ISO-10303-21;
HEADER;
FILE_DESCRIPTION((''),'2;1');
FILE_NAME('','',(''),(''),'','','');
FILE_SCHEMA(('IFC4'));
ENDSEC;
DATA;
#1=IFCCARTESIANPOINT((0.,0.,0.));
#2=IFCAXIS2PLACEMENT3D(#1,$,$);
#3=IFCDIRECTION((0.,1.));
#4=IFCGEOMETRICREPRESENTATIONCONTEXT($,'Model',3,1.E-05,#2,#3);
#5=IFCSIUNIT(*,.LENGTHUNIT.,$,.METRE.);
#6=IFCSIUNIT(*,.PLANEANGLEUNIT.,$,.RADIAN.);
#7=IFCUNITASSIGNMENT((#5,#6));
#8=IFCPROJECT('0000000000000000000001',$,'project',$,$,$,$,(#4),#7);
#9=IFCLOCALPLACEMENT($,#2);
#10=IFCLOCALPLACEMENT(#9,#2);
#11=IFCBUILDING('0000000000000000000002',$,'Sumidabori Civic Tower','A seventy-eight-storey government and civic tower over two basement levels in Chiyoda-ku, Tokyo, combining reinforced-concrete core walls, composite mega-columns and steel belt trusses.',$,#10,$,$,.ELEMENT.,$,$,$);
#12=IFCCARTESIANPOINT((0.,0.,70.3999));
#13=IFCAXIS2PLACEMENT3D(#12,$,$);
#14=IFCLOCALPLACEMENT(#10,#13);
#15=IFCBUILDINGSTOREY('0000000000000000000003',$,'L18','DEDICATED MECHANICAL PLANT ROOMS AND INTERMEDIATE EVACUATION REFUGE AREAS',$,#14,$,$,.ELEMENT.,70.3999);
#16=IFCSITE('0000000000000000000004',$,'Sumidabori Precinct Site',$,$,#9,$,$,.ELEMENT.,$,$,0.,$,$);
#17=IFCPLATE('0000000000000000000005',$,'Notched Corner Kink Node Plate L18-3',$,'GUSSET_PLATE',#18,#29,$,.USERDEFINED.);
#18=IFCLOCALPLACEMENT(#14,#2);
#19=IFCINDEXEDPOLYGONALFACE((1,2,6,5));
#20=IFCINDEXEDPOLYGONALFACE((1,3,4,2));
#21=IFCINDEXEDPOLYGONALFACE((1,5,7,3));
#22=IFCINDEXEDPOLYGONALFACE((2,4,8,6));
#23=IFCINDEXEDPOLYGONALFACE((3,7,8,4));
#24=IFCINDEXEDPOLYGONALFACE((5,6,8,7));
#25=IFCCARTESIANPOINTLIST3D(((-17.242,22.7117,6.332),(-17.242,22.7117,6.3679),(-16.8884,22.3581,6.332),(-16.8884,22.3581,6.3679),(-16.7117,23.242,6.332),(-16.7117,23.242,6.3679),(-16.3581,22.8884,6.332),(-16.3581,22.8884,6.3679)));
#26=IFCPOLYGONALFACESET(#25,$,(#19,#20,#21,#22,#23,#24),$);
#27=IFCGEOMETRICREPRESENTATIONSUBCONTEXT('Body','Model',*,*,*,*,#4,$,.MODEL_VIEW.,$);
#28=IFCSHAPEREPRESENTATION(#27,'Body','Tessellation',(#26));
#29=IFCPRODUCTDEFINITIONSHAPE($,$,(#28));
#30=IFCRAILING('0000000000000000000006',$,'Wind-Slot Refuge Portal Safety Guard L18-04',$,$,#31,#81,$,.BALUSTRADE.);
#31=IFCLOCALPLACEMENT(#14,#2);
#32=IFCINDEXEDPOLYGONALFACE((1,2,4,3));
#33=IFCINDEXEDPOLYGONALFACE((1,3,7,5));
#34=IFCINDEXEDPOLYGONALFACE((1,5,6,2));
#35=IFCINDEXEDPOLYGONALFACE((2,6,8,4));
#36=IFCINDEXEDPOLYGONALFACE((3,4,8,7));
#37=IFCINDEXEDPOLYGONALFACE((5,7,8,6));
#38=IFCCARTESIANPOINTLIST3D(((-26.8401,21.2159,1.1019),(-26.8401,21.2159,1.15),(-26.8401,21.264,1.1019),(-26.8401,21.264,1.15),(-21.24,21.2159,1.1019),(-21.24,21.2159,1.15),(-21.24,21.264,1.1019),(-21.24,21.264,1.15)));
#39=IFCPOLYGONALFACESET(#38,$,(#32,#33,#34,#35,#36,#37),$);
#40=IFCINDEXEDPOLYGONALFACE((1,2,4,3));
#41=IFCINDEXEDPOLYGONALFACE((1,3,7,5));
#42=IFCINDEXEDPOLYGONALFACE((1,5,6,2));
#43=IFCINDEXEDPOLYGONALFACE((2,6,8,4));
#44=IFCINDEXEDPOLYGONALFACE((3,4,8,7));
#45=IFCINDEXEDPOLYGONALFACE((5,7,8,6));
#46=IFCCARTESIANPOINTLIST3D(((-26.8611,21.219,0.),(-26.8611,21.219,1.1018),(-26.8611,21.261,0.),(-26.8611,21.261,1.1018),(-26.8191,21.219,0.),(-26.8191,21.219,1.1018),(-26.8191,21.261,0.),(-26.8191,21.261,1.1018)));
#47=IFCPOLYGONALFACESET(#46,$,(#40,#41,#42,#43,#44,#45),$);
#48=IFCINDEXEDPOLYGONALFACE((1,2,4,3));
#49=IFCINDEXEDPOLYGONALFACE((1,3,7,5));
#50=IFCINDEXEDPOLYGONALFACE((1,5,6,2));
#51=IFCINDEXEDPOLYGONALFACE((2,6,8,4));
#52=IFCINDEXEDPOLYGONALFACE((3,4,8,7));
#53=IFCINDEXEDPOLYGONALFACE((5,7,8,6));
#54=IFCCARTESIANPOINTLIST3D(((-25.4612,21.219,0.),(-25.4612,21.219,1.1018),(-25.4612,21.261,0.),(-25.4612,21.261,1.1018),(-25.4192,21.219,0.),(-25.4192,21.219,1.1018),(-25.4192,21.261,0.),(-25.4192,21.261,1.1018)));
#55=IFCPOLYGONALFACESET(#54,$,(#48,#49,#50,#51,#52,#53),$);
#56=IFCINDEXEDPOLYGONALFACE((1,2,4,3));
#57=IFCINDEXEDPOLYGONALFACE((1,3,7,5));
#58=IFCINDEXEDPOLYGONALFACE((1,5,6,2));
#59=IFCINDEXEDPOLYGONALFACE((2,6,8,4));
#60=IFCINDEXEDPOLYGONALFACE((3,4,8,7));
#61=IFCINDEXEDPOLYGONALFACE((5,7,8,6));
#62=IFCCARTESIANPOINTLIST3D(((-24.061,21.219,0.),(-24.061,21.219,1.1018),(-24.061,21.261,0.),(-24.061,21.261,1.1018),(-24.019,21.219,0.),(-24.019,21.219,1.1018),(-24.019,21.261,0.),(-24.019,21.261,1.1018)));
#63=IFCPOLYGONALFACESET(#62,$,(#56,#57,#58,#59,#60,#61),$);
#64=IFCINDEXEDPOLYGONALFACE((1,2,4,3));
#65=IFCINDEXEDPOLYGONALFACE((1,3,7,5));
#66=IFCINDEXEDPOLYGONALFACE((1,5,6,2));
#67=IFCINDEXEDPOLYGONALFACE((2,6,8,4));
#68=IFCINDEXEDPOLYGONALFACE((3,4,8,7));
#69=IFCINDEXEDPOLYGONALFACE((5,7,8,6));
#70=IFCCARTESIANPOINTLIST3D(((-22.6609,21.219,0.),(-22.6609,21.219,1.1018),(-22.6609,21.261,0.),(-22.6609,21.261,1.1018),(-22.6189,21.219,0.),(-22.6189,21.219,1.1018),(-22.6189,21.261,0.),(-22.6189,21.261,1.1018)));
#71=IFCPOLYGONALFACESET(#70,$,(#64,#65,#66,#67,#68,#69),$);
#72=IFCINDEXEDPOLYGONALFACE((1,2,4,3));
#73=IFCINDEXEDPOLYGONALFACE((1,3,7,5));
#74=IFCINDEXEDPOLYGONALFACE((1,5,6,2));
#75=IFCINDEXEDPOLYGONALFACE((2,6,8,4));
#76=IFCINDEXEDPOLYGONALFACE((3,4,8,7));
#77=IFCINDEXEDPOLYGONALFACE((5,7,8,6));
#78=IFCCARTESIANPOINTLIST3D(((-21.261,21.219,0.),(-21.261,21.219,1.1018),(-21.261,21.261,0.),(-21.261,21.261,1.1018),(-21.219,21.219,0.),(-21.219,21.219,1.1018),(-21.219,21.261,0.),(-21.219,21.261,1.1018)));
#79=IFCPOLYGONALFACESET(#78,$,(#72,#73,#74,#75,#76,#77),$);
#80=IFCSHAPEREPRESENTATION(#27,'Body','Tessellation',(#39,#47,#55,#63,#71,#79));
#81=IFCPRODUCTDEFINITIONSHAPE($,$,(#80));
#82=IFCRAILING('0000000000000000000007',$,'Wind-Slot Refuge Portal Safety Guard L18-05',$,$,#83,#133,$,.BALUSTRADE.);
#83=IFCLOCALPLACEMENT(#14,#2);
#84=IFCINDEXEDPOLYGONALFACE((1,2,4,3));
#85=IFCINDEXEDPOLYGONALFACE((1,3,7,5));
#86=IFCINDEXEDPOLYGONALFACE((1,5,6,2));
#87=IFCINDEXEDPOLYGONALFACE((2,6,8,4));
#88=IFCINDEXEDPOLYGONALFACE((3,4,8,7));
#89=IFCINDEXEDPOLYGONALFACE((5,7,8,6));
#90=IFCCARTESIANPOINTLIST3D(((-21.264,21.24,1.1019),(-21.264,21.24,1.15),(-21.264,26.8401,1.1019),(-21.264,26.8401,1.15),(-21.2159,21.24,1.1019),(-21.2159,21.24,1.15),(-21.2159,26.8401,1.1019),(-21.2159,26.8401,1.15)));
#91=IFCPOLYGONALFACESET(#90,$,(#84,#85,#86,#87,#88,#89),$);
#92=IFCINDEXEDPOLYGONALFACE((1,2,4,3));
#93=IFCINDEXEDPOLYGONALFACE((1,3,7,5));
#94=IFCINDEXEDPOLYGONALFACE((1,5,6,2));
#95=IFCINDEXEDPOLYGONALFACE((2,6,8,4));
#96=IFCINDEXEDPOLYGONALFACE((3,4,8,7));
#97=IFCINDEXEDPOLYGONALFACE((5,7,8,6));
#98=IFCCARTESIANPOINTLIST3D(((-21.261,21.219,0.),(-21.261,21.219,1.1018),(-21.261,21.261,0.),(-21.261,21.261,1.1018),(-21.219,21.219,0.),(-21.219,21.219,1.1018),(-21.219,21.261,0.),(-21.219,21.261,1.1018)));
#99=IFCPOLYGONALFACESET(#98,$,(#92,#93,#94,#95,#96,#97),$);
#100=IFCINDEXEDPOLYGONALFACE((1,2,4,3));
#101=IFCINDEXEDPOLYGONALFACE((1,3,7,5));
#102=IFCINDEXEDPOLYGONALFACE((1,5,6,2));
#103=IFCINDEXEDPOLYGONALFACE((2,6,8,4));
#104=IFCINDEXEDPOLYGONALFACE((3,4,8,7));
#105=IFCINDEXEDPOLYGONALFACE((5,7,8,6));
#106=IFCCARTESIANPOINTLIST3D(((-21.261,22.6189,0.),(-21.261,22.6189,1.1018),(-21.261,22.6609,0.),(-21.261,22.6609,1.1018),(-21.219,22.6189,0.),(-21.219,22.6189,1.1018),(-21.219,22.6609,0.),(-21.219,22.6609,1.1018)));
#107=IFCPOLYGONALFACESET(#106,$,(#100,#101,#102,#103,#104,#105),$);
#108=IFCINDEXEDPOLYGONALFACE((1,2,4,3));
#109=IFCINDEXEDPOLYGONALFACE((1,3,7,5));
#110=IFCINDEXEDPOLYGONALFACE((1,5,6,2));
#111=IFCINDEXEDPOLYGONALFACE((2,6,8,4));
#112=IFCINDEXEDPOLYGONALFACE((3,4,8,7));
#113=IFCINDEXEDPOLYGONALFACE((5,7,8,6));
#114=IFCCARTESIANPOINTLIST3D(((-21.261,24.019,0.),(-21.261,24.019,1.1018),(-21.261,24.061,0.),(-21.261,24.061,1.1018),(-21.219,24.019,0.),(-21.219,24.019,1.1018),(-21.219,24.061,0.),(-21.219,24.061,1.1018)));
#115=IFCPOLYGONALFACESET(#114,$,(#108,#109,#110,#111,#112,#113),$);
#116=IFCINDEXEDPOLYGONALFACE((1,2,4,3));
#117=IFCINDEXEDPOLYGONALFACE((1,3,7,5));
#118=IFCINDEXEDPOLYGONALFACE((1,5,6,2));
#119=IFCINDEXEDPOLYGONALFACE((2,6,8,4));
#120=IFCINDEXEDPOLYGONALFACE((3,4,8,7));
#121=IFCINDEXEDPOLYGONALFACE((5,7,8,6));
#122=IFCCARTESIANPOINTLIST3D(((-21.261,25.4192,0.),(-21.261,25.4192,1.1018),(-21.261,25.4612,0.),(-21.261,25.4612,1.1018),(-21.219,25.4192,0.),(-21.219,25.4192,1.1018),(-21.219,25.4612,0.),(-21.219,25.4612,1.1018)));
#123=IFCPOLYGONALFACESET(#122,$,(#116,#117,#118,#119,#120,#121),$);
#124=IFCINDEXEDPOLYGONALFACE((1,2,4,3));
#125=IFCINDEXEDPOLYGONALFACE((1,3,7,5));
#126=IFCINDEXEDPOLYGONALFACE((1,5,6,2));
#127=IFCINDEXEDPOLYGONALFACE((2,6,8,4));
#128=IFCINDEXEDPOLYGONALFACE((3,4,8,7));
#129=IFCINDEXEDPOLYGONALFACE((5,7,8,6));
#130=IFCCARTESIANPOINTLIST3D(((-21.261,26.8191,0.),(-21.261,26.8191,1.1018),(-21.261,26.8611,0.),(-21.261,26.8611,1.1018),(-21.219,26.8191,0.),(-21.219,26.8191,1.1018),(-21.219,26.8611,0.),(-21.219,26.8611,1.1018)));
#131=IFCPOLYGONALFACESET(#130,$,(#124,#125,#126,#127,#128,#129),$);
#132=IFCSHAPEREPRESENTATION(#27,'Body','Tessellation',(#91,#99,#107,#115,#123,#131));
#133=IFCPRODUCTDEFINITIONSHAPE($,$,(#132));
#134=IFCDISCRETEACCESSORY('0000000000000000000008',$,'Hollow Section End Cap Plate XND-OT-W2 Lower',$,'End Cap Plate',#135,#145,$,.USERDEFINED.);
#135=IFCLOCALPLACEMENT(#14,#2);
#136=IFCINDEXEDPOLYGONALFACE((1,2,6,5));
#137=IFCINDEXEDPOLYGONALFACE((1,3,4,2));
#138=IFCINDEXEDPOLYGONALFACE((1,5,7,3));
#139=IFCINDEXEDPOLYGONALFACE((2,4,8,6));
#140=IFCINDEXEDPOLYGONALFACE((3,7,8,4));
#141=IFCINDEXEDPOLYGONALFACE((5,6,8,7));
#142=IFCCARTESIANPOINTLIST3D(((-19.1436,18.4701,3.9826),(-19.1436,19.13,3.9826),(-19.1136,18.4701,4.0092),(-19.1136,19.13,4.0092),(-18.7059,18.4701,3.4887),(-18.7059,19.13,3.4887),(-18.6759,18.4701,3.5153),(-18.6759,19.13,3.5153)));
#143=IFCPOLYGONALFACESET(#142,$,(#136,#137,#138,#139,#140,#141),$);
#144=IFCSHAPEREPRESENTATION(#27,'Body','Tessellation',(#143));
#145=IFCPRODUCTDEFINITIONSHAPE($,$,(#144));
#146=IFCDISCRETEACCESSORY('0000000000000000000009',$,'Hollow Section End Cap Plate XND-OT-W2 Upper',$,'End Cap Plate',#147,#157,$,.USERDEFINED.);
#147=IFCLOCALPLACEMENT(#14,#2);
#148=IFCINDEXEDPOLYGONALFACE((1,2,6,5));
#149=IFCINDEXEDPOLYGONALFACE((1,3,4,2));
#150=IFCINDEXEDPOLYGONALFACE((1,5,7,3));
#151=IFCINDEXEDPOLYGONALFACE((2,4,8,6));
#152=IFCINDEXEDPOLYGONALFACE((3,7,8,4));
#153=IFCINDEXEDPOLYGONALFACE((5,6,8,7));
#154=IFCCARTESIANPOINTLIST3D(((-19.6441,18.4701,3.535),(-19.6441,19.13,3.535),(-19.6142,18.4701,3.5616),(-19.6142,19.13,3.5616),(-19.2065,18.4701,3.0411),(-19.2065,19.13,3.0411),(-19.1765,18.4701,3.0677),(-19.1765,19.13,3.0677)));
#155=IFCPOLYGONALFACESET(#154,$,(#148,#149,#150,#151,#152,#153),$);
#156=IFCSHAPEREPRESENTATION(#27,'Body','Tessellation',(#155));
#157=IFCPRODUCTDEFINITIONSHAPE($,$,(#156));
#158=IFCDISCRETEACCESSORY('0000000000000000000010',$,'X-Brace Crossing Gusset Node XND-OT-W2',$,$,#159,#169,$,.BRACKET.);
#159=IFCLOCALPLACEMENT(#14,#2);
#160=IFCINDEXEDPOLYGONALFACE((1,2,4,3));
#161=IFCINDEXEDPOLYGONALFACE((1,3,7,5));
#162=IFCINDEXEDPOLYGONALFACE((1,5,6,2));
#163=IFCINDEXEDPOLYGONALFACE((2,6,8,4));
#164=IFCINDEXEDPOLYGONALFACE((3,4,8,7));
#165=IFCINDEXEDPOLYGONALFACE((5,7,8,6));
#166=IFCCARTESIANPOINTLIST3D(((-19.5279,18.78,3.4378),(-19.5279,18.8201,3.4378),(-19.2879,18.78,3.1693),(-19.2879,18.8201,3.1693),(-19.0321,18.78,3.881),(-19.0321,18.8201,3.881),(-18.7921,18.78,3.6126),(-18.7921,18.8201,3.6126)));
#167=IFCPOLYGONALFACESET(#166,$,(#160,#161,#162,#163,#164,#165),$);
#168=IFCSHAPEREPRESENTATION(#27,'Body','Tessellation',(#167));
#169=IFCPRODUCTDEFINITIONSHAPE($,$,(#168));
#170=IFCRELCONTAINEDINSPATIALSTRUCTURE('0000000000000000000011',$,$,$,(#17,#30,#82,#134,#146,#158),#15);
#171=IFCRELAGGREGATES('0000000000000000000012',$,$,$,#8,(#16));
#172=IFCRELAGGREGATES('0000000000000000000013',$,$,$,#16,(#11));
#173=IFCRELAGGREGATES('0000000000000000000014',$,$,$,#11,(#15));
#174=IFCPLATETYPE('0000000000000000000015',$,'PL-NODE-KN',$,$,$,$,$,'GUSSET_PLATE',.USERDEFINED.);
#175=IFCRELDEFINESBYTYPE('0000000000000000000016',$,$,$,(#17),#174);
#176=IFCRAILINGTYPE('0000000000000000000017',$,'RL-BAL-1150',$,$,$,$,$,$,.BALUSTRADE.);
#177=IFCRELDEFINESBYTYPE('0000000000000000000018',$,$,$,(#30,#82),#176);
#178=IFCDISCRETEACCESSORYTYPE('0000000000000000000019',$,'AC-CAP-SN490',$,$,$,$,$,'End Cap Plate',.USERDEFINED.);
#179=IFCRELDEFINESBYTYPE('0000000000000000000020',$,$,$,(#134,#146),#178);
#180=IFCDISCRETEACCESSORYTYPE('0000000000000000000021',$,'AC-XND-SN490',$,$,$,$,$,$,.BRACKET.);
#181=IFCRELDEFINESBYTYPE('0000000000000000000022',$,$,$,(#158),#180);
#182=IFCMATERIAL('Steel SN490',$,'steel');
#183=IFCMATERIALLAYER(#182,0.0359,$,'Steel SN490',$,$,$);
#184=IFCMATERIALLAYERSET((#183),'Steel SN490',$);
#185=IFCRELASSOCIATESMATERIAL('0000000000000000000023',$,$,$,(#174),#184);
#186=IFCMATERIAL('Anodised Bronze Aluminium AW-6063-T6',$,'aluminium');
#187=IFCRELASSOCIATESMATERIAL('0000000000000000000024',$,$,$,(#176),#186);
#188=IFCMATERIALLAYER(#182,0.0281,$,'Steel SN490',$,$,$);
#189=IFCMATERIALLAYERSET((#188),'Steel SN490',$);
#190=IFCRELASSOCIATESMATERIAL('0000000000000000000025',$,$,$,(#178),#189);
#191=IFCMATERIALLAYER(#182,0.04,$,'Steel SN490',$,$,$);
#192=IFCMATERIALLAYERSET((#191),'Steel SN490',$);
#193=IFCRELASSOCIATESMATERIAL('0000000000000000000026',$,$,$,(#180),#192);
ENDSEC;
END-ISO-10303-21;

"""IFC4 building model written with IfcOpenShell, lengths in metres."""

from ifc_helpers import new_model, si_unit, direction, frame, origin, origin_2d, place, context, subcontext, project, spatial, rectangle, extrude, source, transform, mapped, material, layer, layer_set, type_object, element, save


model = new_model("IFC4")

# Units and contexts
model_context = context("Model", 3, precision=1e-05, world=origin(), true_north=direction((0.0, 1.0)))
body_context = subcontext(model_context, "Body", "Model", "MODEL_VIEW")
ifc_project = project(units=[si_unit("LENGTHUNIT", "METRE"), si_unit("PLANEANGLEUNIT", "RADIAN")], contexts=[model_context])

# Site, building, storey
site_placement = place(None, origin())
site = spatial("IfcSite", under=ifc_project, at=site_placement, Name="Sumidabori Precinct Site", CompositionType="ELEMENT", RefElevation=0.0)
building_placement = place(site_placement, origin())
building = spatial("IfcBuilding", under=site, at=building_placement, Name="Sumidabori Civic Tower", Description="A seventy-eight-storey government and civic tower over two basement levels in Chiyoda-ku, Tokyo, combining reinforced-concrete core walls, composite mega-columns and steel belt trusses.", CompositionType="ELEMENT")
storey_placement = place(building_placement, frame((0.0, 0.0, 70.3999)))
storey = spatial("IfcBuildingStorey", under=building, at=storey_placement, Name="L18", Description="DEDICATED MECHANICAL PLANT ROOMS AND INTERMEDIATE EVACUATION REFUGE AREAS", CompositionType="ELEMENT", Elevation=70.3999)

# Shared definitions
ifc_material_1 = material(Name="Steel SN490", Category="steel")

# Plate
ifc_layer_1 = layer(ifc_material_1, 0.0359, Name="Steel SN490")
ifc_layer_set_1 = layer_set([ifc_layer_1], Name="Steel SN490")
plate_type_1 = type_object("IfcPlateType", Name="PL-NODE-KN", ElementType="GUSSET_PLATE", PredefinedType="USERDEFINED", material=ifc_layer_set_1)
shared_shape_1 = source(origin(), body_context, "Body", "SweptSolid", [
    extrude(rectangle(XDim=0.75, YDim=0.5, at=origin_2d()), origin(), (0.0, 0.0, 1.0), 0.0359),
])
plate_1_placement = place(storey_placement, frame((-16.8, 22.8, 6.332), z_axis=(0.0, 0.0, 1.0), x_axis=(0.707107, 0.707107, 0.0)))
element("IfcPlate", 1, at=plate_1_placement, inside=storey, type_object=plate_type_1, Name="Notched Corner Kink Node Plate L18-3", ObjectType="GUSSET_PLATE", PredefinedType="USERDEFINED", context=body_context, shape_type="MappedRepresentation", body=[
    mapped(shared_shape_1, transform((0.0, 0.0, 0.0), x_axis=(1.0, 0.0, 0.0), y_axis=(0.0, 1.0, 0.0), z_axis=(0.0, 0.0, 1.0), scale=1.0)),
])

# Railings
ifc_material_2 = material(Name="Anodised Bronze Aluminium AW-6063-T6", Category="aluminium")
railing_type = type_object("IfcRailingType", Name="RL-BAL-1150", PredefinedType="BALUSTRADE", material=ifc_material_2)
railing_1_placement = place(storey_placement, frame((-26.8401, 21.24, 0.0)))
element("IfcRailing", 2, at=railing_1_placement, inside=storey, type_object=railing_type, Name="Wind-Slot Refuge Portal Safety Guard L18-04", PredefinedType="BALUSTRADE", context=body_context, shape_type="SweptSolid", body=[
    extrude(rectangle(XDim=0.0481, YDim=0.0481, at=origin_2d()), frame((0.0, 0.0, 1.126), z_axis=(1.0, 0.0, 0.0), x_axis=(0.0, 1.0, 0.0)), (0.0, 0.0, 1.0), 5.6001),
    extrude(rectangle(XDim=0.042, YDim=0.042, at=origin_2d()), origin(), (0.0, 0.0, 1.0), 1.1018),
    extrude(rectangle(XDim=0.042, YDim=0.042, at=origin_2d()), frame((1.3999, 0.0, 0.0)), (0.0, 0.0, 1.0), 1.1018),
    extrude(rectangle(XDim=0.042, YDim=0.042, at=origin_2d()), frame((2.8, 0.0, 0.0)), (0.0, 0.0, 1.0), 1.1018),
    extrude(rectangle(XDim=0.042, YDim=0.042, at=origin_2d()), frame((4.2002, 0.0, 0.0)), (0.0, 0.0, 1.0), 1.1018),
    extrude(rectangle(XDim=0.042, YDim=0.042, at=origin_2d()), frame((5.6001, 0.0, 0.0)), (0.0, 0.0, 1.0), 1.1018),
])
railing_2_placement = place(storey_placement, frame((-21.24, 21.24, 0.0)))
element("IfcRailing", 3, at=railing_2_placement, inside=storey, type_object=railing_type, Name="Wind-Slot Refuge Portal Safety Guard L18-05", PredefinedType="BALUSTRADE", context=body_context, shape_type="SweptSolid", body=[
    extrude(rectangle(XDim=0.0481, YDim=0.0481, at=origin_2d()), frame((0.0, 0.0, 1.126), z_axis=(0.0, 1.0, 0.0), x_axis=(-1.0, 0.0, 0.0)), (0.0, 0.0, 1.0), 5.6001),
    extrude(rectangle(XDim=0.042, YDim=0.042, at=origin_2d()), origin(), (0.0, 0.0, 1.0), 1.1018),
    extrude(rectangle(XDim=0.042, YDim=0.042, at=origin_2d()), frame((0.0, 1.3999, 0.0)), (0.0, 0.0, 1.0), 1.1018),
    extrude(rectangle(XDim=0.042, YDim=0.042, at=origin_2d()), frame((0.0, 2.8, 0.0)), (0.0, 0.0, 1.0), 1.1018),
    extrude(rectangle(XDim=0.042, YDim=0.042, at=origin_2d()), frame((0.0, 4.2002, 0.0)), (0.0, 0.0, 1.0), 1.1018),
    extrude(rectangle(XDim=0.042, YDim=0.042, at=origin_2d()), frame((0.0, 5.6001, 0.0)), (0.0, 0.0, 1.0), 1.1018),
])

# Discrete accessories
ifc_layer_2 = layer(ifc_material_1, 0.0281, Name="Steel SN490")
ifc_layer_set_2 = layer_set([ifc_layer_2], Name="Steel SN490")
discrete_accessory_type_1 = type_object("IfcDiscreteAccessoryType", Name="AC-CAP-SN490", ElementType="End Cap Plate", PredefinedType="USERDEFINED", material=ifc_layer_set_2)
shared_shape_2 = source(origin(), body_context, "Body", "SweptSolid", [
    extrude(rectangle(XDim=0.6599, YDim=0.6599, at=origin_2d()), origin(), (0.0, 0.0, 1.0), 0.04),
])
for number, where, z_axis, x_axis, name in (
    (4, (-18.8948, 18.8, 3.7622), (-0.748416, 0.0, -0.66323), (0.0, -1.0, 0.0), "Hollow Section End Cap Plate XND-OT-W2 Lower"),
    (5, (-19.4253, 18.8, 3.2881), (0.748416, 0.0, 0.66323), (0.0, 1.0, 0.0), "Hollow Section End Cap Plate XND-OT-W2 Upper"),
):
    element("IfcDiscreteAccessory", number, at=place(storey_placement, frame(where, z_axis=z_axis, x_axis=x_axis)), inside=storey, type_object=discrete_accessory_type_1, Name=name, ObjectType="End Cap Plate", PredefinedType="USERDEFINED", context=body_context, shape_type="MappedRepresentation", body=[
        mapped(shared_shape_2, transform((0.0, 0.0, 0.0), x_axis=(1.0, 0.0, 0.0), y_axis=(0.0, 1.0, 0.0), z_axis=(0.0, 0.0, 1.0), scale=1.0)),
    ])
ifc_layer_3 = layer(ifc_material_1, 0.04, Name="Steel SN490")
ifc_layer_set_3 = layer_set([ifc_layer_3], Name="Steel SN490")
discrete_accessory_type_2 = type_object("IfcDiscreteAccessoryType", Name="AC-XND-SN490", PredefinedType="BRACKET", material=ifc_layer_set_3)
shared_shape_3 = source(origin(), body_context, "Body", "SweptSolid", [
    extrude(rectangle(XDim=0.04, YDim=0.3601, at=origin_2d()), origin(), (0.0, 0.0, 1.0), 0.665),
])
discrete_accessory_placement = place(storey_placement, frame((-18.9121, 18.8, 3.7468), z_axis=(-0.745462, 0.0, -0.666548), x_axis=(0.0, -1.0, 0.0)))
element("IfcDiscreteAccessory", 6, at=discrete_accessory_placement, inside=storey, type_object=discrete_accessory_type_2, Name="X-Brace Crossing Gusset Node XND-OT-W2", PredefinedType="BRACKET", context=body_context, shape_type="MappedRepresentation", body=[
    mapped(shared_shape_3, transform((0.0, 0.0, 0.0), x_axis=(1.0, 0.0, 0.0), y_axis=(0.0, 1.0, 0.0), z_axis=(0.0, 0.0, 1.0), scale=1.0)),
])

save(model, "model.ifc")
